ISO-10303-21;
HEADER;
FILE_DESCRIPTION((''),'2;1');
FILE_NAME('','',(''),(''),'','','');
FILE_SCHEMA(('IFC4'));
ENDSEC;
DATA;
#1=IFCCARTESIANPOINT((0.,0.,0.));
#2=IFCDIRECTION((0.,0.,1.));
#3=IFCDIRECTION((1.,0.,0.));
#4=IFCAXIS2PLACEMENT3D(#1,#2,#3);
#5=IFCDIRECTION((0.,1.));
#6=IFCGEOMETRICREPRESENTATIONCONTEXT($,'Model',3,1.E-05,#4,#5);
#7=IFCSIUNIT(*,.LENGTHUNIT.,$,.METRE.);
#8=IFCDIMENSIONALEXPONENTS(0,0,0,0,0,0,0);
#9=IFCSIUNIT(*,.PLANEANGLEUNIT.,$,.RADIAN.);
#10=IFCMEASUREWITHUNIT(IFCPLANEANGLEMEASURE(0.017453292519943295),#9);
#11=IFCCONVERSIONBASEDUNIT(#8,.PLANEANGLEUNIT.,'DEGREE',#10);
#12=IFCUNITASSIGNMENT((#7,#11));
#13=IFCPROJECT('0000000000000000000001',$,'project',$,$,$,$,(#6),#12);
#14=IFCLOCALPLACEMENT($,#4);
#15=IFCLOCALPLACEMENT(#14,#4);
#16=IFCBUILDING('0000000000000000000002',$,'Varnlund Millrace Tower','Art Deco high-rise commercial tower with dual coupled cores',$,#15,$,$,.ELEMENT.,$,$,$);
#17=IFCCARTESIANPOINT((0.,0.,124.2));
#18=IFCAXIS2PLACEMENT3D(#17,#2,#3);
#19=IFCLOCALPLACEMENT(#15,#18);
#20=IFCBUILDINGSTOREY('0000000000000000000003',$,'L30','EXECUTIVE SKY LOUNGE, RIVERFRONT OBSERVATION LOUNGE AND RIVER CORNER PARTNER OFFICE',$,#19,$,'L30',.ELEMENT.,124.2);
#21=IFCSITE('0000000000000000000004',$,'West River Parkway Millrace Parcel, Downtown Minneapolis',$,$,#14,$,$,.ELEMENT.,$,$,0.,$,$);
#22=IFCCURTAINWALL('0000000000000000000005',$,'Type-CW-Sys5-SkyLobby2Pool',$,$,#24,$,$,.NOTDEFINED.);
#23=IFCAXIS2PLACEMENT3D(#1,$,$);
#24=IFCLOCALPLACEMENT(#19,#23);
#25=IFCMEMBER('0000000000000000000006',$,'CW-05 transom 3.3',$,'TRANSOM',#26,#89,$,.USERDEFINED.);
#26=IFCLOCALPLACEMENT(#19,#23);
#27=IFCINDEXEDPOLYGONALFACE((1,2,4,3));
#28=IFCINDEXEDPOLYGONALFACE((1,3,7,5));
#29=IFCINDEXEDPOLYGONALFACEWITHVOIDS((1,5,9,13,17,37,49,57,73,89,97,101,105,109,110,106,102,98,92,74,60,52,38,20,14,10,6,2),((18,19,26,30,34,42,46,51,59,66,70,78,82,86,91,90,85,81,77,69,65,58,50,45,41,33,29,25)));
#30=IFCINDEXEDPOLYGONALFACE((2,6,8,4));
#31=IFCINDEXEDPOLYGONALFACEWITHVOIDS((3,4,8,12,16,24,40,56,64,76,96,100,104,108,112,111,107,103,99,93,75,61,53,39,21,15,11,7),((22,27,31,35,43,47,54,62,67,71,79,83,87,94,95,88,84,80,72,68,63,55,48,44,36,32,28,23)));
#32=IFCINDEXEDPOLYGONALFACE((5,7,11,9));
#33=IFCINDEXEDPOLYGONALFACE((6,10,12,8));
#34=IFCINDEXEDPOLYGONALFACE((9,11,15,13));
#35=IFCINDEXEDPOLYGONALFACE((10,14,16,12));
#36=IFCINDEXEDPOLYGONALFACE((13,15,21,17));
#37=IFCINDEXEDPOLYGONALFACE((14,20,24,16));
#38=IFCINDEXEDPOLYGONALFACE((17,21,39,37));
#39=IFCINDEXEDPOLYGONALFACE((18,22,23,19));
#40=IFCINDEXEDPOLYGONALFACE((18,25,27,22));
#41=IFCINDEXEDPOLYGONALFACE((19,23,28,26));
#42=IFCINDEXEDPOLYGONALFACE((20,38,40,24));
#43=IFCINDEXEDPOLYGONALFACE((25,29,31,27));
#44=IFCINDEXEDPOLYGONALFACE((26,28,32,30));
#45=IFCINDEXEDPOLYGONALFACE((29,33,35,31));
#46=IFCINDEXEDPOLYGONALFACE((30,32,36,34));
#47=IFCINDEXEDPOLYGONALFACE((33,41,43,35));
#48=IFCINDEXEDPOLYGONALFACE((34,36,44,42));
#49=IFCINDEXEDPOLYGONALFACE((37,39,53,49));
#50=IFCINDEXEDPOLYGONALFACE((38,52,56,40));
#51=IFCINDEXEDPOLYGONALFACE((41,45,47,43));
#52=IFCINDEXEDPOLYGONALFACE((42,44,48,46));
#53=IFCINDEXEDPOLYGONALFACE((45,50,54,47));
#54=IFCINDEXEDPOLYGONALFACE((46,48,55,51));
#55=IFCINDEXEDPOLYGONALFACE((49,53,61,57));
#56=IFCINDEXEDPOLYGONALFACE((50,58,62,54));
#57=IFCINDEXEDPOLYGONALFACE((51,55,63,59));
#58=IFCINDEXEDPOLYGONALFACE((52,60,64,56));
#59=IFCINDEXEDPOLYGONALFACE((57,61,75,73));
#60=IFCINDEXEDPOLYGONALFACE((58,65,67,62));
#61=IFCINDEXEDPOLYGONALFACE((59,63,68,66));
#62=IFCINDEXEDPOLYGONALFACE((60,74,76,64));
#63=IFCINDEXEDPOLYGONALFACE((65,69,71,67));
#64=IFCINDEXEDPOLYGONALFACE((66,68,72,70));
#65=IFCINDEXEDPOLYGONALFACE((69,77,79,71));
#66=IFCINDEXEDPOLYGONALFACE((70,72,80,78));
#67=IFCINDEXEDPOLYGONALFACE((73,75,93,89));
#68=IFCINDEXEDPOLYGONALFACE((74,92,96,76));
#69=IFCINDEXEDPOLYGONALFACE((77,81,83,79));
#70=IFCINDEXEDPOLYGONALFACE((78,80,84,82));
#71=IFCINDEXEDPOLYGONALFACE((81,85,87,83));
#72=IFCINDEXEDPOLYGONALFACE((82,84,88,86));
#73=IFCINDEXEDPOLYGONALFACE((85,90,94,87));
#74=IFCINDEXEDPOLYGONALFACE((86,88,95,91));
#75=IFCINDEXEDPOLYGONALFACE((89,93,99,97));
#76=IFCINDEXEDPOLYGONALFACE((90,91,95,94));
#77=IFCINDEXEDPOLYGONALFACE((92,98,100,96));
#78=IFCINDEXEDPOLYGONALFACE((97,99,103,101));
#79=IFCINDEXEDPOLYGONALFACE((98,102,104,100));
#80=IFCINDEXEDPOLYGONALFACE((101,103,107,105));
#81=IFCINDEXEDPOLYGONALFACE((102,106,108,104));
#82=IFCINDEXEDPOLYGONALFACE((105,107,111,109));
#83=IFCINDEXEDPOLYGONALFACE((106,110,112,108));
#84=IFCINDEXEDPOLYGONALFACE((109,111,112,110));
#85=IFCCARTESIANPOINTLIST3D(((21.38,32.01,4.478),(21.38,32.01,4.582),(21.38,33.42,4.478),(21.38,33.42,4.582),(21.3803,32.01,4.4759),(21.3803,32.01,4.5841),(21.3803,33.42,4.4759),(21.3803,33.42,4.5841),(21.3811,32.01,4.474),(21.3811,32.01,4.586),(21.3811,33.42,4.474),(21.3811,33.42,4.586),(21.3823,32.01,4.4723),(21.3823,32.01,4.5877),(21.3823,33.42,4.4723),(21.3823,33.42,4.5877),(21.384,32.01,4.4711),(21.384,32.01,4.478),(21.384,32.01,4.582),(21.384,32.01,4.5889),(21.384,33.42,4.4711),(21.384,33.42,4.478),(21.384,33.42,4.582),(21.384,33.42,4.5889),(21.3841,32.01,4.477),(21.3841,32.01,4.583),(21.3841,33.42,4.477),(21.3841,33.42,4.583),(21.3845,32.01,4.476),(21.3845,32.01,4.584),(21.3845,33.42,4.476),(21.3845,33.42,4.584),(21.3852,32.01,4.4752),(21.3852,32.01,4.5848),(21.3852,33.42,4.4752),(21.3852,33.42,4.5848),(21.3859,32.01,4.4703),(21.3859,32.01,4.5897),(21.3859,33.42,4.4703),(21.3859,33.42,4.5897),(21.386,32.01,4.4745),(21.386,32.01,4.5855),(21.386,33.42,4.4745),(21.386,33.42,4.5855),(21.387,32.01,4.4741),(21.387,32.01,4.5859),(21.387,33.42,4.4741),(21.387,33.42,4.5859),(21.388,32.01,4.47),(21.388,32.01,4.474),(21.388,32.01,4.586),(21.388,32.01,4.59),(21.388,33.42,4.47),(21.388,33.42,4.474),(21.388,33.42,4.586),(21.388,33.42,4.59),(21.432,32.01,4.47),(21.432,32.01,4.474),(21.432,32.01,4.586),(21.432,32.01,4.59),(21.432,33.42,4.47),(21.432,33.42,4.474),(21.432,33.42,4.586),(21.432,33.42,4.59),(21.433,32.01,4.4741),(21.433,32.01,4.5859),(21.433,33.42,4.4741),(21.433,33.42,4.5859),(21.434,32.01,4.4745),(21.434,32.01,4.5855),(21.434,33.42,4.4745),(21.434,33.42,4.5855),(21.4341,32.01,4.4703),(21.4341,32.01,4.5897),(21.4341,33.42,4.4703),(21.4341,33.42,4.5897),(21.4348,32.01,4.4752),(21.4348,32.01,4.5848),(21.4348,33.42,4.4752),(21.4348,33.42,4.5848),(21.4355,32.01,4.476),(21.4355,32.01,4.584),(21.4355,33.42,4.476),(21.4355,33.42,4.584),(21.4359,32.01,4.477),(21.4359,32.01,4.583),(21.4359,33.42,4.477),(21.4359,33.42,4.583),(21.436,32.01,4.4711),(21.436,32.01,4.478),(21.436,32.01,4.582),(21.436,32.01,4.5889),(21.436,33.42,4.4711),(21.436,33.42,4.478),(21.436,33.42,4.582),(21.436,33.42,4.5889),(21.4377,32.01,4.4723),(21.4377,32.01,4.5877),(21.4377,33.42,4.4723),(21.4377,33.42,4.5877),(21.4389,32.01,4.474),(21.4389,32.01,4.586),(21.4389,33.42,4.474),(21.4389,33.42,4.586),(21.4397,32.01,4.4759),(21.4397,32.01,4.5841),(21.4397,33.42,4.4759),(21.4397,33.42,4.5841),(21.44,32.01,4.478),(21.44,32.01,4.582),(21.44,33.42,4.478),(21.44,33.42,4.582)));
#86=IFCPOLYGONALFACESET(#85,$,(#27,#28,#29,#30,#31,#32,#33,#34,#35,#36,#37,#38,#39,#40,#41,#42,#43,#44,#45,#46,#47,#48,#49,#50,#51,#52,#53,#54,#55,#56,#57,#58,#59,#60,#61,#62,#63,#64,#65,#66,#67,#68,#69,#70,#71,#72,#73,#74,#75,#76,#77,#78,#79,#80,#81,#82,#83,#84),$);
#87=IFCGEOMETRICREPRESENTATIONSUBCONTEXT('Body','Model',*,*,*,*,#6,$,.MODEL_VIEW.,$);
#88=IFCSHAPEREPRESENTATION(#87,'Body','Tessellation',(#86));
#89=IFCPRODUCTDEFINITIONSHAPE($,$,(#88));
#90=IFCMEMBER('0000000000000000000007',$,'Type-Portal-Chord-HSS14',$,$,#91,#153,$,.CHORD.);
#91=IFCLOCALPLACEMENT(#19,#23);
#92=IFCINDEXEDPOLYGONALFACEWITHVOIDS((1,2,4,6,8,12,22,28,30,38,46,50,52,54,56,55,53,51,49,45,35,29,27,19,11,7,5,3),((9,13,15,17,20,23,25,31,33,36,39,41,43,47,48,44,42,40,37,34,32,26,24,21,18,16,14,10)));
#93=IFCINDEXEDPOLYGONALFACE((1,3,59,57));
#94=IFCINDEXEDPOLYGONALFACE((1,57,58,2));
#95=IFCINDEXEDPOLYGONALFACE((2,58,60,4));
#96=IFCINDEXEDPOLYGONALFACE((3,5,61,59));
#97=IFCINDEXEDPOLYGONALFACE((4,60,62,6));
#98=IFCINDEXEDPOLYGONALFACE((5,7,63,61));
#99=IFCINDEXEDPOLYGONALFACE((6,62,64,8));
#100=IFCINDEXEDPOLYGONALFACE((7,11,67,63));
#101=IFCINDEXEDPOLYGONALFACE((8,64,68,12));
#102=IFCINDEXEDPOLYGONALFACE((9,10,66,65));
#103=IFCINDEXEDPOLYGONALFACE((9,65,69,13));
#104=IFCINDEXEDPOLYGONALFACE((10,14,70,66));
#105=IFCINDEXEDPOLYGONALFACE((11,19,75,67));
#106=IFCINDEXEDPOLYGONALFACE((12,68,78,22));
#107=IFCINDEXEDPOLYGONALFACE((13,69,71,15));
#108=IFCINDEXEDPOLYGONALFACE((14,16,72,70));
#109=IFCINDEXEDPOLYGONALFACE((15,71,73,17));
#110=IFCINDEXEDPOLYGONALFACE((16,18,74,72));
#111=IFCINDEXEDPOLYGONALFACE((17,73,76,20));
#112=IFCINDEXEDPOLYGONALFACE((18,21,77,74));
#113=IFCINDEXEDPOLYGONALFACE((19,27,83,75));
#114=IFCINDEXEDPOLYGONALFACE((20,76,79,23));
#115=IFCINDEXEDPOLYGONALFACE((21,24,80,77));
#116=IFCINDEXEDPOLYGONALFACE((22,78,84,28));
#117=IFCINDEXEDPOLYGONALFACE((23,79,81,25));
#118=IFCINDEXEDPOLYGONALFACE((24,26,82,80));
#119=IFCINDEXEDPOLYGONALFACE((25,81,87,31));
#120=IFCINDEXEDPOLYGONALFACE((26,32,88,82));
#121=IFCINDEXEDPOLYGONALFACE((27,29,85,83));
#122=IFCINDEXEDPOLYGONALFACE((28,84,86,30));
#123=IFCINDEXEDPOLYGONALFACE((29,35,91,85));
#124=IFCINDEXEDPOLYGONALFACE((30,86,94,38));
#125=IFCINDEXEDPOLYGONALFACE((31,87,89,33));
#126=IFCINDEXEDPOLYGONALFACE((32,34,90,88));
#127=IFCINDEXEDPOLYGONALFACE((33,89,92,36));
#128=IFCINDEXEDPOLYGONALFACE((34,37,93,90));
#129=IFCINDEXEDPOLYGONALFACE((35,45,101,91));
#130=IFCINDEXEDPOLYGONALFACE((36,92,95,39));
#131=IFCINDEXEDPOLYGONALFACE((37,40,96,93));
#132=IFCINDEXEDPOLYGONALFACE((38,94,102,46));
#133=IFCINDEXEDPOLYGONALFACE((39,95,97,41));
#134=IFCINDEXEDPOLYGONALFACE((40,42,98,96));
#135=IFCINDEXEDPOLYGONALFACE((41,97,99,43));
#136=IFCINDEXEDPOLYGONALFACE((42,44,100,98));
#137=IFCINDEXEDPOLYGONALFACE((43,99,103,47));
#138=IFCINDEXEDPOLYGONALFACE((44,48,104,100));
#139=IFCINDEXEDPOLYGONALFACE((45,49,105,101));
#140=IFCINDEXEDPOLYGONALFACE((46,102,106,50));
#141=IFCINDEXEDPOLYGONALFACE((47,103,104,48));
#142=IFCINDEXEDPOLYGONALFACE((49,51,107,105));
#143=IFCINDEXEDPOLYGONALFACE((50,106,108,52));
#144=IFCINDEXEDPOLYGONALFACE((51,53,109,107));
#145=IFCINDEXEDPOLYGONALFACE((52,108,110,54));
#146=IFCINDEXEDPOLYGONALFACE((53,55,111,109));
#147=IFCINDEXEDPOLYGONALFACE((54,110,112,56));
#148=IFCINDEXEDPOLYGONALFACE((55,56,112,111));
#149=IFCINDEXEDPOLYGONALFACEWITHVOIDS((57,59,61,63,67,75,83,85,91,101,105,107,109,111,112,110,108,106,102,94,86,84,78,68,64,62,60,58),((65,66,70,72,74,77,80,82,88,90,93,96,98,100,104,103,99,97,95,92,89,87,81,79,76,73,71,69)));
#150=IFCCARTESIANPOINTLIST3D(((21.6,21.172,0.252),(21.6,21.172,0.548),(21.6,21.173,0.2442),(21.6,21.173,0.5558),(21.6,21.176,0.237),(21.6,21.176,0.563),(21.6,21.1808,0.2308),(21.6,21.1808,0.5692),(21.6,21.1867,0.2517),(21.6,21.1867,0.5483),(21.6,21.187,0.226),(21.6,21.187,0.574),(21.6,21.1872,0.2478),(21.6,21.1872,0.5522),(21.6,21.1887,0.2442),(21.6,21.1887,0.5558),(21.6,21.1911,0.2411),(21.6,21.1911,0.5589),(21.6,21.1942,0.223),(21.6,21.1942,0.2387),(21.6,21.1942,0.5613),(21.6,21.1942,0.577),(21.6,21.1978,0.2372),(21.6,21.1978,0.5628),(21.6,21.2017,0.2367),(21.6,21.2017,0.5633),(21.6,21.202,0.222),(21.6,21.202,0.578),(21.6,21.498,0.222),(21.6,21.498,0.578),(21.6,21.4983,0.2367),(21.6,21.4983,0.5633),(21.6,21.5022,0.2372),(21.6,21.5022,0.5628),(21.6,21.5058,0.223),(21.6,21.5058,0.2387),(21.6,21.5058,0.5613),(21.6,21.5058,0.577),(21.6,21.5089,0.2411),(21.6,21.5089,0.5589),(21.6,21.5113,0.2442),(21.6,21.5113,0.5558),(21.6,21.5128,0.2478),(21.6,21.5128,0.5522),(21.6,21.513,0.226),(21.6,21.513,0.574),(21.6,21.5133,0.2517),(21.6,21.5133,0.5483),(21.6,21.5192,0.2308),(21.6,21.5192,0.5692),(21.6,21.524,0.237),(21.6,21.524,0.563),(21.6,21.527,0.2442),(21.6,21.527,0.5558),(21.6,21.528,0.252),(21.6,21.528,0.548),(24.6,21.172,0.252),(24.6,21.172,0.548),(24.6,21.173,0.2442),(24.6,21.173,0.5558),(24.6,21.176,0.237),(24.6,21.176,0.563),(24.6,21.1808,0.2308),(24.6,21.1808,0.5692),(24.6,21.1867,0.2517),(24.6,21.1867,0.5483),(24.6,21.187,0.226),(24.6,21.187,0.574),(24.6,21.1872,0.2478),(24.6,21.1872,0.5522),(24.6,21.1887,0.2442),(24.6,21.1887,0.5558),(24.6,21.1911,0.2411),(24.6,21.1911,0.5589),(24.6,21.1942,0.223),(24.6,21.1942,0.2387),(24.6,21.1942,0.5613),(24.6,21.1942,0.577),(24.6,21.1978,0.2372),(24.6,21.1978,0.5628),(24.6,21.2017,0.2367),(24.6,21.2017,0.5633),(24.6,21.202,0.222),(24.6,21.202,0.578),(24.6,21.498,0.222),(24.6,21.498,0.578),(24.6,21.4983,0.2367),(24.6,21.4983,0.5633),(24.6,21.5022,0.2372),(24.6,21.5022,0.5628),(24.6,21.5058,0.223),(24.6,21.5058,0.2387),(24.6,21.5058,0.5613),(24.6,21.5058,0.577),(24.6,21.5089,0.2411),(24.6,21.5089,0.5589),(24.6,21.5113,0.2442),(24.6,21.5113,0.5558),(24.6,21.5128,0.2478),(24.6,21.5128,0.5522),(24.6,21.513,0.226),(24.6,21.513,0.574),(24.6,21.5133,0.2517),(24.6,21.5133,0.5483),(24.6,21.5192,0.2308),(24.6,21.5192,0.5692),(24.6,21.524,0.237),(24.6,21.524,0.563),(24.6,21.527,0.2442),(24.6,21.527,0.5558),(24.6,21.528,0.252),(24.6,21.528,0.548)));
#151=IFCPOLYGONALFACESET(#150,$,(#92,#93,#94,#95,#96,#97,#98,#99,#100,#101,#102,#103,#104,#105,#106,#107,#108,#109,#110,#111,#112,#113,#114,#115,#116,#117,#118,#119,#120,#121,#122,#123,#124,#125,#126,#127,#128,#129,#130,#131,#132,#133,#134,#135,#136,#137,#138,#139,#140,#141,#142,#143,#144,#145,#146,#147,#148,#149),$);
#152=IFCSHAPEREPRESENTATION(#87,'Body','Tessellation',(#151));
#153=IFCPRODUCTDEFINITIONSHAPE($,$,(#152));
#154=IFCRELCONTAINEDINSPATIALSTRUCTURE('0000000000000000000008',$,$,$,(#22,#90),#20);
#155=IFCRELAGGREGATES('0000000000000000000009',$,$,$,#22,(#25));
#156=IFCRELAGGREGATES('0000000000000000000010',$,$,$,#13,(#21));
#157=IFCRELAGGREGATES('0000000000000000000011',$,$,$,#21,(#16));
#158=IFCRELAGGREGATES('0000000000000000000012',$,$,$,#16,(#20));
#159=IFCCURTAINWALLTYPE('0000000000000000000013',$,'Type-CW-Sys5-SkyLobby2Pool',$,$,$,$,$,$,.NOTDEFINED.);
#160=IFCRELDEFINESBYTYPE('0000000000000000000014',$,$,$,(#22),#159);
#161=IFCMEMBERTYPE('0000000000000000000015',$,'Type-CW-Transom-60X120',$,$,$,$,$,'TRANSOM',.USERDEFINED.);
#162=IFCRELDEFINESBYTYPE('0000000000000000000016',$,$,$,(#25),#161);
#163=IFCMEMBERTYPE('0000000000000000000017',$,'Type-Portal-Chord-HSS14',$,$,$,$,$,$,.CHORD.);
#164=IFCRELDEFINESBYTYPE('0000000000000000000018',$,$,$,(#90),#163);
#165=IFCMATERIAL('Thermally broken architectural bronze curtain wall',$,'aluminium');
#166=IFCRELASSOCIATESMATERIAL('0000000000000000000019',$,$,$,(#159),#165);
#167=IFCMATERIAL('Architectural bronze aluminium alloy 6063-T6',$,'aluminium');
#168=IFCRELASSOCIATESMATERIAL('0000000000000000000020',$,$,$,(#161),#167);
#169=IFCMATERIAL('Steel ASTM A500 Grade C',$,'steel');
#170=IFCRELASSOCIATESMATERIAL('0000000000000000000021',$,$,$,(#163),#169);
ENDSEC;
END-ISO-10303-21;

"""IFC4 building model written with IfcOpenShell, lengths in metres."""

from ifc_helpers import new_model, entity, si_unit, converted_unit, direction, frame, origin_with_axes, origin_2d_with_axis, place, context, subcontext, project, spatial, hollow_rectangle, extrude, material, material_profile, profile_set, type_object, element, aggregate, save


model = new_model("IFC4")

# Units and contexts
model_context = context("Model", 3, precision=1e-05, world=origin_with_axes(), true_north=direction((0.0, 1.0)))
body_context = subcontext(model_context, "Body", "Model", "MODEL_VIEW")
ifc_project = project(units=[si_unit("LENGTHUNIT", "METRE"), converted_unit("PLANEANGLEUNIT", "DEGREE", entity("IfcPlaneAngleMeasure", 0.017453292519943295), si_unit("PLANEANGLEUNIT", "RADIAN"), dimensions=[0, 0, 0, 0, 0, 0, 0])], contexts=[model_context])

# Site, building, storey
site_placement = place(None, origin_with_axes())
site = spatial("IfcSite", under=ifc_project, at=site_placement, Name="West River Parkway Millrace Parcel, Downtown Minneapolis", CompositionType="ELEMENT", RefElevation=0.0)
building_placement = place(site_placement, origin_with_axes())
building = spatial("IfcBuilding", under=site, at=building_placement, Name="Varnlund Millrace Tower", Description="Art Deco high-rise commercial tower with dual coupled cores", CompositionType="ELEMENT")
storey_placement = place(building_placement, frame((0.0, 0.0, 124.2), z_axis=(0.0, 0.0, 1.0), x_axis=(1.0, 0.0, 0.0)))
storey = spatial("IfcBuildingStorey", under=building, at=storey_placement, Name="L30", Description="EXECUTIVE SKY LOUNGE, RIVERFRONT OBSERVATION LOUNGE AND RIVER CORNER PARTNER OFFICE", LongName="L30", CompositionType="ELEMENT", Elevation=124.2)

# Curtain wall, member
ifc_material_1 = material(Name="Thermally broken architectural bronze curtain wall", Category="aluminium")
curtain_wall_type = type_object("IfcCurtainWallType", Name="Type-CW-Sys5-SkyLobby2Pool", PredefinedType="NOTDEFINED", material=ifc_material_1)
curtain_wall_placement = place(storey_placement, frame((21.41, 36.45, 0.0), z_axis=(0.0, 0.0, 1.0), x_axis=(1.0, 0.0, 0.0)))
curtain_wall = element("IfcCurtainWall", 1, at=curtain_wall_placement, inside=storey, type_object=curtain_wall_type, Name="Type-CW-Sys5-SkyLobby2Pool", PredefinedType="NOTDEFINED")
ifc_material_2 = material(Name="Architectural bronze aluminium alloy 6063-T6", Category="aluminium")
ifc_material_profile_1 = material_profile(ifc_material_2, hollow_rectangle(XDim=0.06, YDim=0.12, WallThickness=0.004, InnerFilletRadius=0.004, OuterFilletRadius=0.008, at=origin_2d_with_axis()), Name="Architectural bronze aluminium alloy 6063-T6")
ifc_profile_set_1 = profile_set([ifc_material_profile_1], Name="Architectural bronze aluminium alloy 6063-T6")
member_type_1 = type_object("IfcMemberType", Name="Type-CW-Transom-60X120", ElementType="TRANSOM", PredefinedType="USERDEFINED", material=ifc_profile_set_1)
member_1_placement = place(storey_placement, frame((21.41, 33.42, 4.53), z_axis=(0.0, -1.0, 0.0), x_axis=(1.0, 0.0, 0.0)))
member_1 = element("IfcMember", 2, at=member_1_placement, type_object=member_type_1, Name="CW-05 transom 3.3", ObjectType="TRANSOM", PredefinedType="USERDEFINED", context=body_context, shape_type="SweptSolid", body=[
    extrude(hollow_rectangle(XDim=0.06, YDim=0.12, WallThickness=0.004, InnerFilletRadius=0.004, OuterFilletRadius=0.008, at=origin_2d_with_axis()), origin_with_axes(), (0.0, 0.0, 1.0), 1.41),
])

# Member
ifc_material_3 = material(Name="Steel ASTM A500 Grade C", Category="steel")
ifc_material_profile_2 = material_profile(ifc_material_3, hollow_rectangle(XDim=0.356, YDim=0.356, WallThickness=0.0147, InnerFilletRadius=0.015, OuterFilletRadius=0.03, at=origin_2d_with_axis()), Name="Steel ASTM A500 Grade C")
ifc_profile_set_2 = profile_set([ifc_material_profile_2], Name="Steel ASTM A500 Grade C")
member_type_2 = type_object("IfcMemberType", Name="Type-Portal-Chord-HSS14", PredefinedType="CHORD", material=ifc_profile_set_2)
for number, where, z_axis, x_axis, name in (
    (3, (21.6, 21.35, 0.4), (1.0, 0.0, 0.0), (0.0, 1.0, 0.0), "Type-Portal-Chord-HSS14"),
):
    element("IfcMember", number, at=place(storey_placement, frame(where, z_axis=z_axis, x_axis=x_axis)), inside=storey, type_object=member_type_2, Name=name, PredefinedType="CHORD", context=body_context, shape_type="SweptSolid", body=[
        extrude(hollow_rectangle(XDim=0.356, YDim=0.356, WallThickness=0.0147, InnerFilletRadius=0.015, OuterFilletRadius=0.03, at=origin_2d_with_axis()), origin_with_axes(), (0.0, 0.0, 1.0), 3.0),
    ])

aggregate(curtain_wall, [member_1])

save(model, "model.ifc")
